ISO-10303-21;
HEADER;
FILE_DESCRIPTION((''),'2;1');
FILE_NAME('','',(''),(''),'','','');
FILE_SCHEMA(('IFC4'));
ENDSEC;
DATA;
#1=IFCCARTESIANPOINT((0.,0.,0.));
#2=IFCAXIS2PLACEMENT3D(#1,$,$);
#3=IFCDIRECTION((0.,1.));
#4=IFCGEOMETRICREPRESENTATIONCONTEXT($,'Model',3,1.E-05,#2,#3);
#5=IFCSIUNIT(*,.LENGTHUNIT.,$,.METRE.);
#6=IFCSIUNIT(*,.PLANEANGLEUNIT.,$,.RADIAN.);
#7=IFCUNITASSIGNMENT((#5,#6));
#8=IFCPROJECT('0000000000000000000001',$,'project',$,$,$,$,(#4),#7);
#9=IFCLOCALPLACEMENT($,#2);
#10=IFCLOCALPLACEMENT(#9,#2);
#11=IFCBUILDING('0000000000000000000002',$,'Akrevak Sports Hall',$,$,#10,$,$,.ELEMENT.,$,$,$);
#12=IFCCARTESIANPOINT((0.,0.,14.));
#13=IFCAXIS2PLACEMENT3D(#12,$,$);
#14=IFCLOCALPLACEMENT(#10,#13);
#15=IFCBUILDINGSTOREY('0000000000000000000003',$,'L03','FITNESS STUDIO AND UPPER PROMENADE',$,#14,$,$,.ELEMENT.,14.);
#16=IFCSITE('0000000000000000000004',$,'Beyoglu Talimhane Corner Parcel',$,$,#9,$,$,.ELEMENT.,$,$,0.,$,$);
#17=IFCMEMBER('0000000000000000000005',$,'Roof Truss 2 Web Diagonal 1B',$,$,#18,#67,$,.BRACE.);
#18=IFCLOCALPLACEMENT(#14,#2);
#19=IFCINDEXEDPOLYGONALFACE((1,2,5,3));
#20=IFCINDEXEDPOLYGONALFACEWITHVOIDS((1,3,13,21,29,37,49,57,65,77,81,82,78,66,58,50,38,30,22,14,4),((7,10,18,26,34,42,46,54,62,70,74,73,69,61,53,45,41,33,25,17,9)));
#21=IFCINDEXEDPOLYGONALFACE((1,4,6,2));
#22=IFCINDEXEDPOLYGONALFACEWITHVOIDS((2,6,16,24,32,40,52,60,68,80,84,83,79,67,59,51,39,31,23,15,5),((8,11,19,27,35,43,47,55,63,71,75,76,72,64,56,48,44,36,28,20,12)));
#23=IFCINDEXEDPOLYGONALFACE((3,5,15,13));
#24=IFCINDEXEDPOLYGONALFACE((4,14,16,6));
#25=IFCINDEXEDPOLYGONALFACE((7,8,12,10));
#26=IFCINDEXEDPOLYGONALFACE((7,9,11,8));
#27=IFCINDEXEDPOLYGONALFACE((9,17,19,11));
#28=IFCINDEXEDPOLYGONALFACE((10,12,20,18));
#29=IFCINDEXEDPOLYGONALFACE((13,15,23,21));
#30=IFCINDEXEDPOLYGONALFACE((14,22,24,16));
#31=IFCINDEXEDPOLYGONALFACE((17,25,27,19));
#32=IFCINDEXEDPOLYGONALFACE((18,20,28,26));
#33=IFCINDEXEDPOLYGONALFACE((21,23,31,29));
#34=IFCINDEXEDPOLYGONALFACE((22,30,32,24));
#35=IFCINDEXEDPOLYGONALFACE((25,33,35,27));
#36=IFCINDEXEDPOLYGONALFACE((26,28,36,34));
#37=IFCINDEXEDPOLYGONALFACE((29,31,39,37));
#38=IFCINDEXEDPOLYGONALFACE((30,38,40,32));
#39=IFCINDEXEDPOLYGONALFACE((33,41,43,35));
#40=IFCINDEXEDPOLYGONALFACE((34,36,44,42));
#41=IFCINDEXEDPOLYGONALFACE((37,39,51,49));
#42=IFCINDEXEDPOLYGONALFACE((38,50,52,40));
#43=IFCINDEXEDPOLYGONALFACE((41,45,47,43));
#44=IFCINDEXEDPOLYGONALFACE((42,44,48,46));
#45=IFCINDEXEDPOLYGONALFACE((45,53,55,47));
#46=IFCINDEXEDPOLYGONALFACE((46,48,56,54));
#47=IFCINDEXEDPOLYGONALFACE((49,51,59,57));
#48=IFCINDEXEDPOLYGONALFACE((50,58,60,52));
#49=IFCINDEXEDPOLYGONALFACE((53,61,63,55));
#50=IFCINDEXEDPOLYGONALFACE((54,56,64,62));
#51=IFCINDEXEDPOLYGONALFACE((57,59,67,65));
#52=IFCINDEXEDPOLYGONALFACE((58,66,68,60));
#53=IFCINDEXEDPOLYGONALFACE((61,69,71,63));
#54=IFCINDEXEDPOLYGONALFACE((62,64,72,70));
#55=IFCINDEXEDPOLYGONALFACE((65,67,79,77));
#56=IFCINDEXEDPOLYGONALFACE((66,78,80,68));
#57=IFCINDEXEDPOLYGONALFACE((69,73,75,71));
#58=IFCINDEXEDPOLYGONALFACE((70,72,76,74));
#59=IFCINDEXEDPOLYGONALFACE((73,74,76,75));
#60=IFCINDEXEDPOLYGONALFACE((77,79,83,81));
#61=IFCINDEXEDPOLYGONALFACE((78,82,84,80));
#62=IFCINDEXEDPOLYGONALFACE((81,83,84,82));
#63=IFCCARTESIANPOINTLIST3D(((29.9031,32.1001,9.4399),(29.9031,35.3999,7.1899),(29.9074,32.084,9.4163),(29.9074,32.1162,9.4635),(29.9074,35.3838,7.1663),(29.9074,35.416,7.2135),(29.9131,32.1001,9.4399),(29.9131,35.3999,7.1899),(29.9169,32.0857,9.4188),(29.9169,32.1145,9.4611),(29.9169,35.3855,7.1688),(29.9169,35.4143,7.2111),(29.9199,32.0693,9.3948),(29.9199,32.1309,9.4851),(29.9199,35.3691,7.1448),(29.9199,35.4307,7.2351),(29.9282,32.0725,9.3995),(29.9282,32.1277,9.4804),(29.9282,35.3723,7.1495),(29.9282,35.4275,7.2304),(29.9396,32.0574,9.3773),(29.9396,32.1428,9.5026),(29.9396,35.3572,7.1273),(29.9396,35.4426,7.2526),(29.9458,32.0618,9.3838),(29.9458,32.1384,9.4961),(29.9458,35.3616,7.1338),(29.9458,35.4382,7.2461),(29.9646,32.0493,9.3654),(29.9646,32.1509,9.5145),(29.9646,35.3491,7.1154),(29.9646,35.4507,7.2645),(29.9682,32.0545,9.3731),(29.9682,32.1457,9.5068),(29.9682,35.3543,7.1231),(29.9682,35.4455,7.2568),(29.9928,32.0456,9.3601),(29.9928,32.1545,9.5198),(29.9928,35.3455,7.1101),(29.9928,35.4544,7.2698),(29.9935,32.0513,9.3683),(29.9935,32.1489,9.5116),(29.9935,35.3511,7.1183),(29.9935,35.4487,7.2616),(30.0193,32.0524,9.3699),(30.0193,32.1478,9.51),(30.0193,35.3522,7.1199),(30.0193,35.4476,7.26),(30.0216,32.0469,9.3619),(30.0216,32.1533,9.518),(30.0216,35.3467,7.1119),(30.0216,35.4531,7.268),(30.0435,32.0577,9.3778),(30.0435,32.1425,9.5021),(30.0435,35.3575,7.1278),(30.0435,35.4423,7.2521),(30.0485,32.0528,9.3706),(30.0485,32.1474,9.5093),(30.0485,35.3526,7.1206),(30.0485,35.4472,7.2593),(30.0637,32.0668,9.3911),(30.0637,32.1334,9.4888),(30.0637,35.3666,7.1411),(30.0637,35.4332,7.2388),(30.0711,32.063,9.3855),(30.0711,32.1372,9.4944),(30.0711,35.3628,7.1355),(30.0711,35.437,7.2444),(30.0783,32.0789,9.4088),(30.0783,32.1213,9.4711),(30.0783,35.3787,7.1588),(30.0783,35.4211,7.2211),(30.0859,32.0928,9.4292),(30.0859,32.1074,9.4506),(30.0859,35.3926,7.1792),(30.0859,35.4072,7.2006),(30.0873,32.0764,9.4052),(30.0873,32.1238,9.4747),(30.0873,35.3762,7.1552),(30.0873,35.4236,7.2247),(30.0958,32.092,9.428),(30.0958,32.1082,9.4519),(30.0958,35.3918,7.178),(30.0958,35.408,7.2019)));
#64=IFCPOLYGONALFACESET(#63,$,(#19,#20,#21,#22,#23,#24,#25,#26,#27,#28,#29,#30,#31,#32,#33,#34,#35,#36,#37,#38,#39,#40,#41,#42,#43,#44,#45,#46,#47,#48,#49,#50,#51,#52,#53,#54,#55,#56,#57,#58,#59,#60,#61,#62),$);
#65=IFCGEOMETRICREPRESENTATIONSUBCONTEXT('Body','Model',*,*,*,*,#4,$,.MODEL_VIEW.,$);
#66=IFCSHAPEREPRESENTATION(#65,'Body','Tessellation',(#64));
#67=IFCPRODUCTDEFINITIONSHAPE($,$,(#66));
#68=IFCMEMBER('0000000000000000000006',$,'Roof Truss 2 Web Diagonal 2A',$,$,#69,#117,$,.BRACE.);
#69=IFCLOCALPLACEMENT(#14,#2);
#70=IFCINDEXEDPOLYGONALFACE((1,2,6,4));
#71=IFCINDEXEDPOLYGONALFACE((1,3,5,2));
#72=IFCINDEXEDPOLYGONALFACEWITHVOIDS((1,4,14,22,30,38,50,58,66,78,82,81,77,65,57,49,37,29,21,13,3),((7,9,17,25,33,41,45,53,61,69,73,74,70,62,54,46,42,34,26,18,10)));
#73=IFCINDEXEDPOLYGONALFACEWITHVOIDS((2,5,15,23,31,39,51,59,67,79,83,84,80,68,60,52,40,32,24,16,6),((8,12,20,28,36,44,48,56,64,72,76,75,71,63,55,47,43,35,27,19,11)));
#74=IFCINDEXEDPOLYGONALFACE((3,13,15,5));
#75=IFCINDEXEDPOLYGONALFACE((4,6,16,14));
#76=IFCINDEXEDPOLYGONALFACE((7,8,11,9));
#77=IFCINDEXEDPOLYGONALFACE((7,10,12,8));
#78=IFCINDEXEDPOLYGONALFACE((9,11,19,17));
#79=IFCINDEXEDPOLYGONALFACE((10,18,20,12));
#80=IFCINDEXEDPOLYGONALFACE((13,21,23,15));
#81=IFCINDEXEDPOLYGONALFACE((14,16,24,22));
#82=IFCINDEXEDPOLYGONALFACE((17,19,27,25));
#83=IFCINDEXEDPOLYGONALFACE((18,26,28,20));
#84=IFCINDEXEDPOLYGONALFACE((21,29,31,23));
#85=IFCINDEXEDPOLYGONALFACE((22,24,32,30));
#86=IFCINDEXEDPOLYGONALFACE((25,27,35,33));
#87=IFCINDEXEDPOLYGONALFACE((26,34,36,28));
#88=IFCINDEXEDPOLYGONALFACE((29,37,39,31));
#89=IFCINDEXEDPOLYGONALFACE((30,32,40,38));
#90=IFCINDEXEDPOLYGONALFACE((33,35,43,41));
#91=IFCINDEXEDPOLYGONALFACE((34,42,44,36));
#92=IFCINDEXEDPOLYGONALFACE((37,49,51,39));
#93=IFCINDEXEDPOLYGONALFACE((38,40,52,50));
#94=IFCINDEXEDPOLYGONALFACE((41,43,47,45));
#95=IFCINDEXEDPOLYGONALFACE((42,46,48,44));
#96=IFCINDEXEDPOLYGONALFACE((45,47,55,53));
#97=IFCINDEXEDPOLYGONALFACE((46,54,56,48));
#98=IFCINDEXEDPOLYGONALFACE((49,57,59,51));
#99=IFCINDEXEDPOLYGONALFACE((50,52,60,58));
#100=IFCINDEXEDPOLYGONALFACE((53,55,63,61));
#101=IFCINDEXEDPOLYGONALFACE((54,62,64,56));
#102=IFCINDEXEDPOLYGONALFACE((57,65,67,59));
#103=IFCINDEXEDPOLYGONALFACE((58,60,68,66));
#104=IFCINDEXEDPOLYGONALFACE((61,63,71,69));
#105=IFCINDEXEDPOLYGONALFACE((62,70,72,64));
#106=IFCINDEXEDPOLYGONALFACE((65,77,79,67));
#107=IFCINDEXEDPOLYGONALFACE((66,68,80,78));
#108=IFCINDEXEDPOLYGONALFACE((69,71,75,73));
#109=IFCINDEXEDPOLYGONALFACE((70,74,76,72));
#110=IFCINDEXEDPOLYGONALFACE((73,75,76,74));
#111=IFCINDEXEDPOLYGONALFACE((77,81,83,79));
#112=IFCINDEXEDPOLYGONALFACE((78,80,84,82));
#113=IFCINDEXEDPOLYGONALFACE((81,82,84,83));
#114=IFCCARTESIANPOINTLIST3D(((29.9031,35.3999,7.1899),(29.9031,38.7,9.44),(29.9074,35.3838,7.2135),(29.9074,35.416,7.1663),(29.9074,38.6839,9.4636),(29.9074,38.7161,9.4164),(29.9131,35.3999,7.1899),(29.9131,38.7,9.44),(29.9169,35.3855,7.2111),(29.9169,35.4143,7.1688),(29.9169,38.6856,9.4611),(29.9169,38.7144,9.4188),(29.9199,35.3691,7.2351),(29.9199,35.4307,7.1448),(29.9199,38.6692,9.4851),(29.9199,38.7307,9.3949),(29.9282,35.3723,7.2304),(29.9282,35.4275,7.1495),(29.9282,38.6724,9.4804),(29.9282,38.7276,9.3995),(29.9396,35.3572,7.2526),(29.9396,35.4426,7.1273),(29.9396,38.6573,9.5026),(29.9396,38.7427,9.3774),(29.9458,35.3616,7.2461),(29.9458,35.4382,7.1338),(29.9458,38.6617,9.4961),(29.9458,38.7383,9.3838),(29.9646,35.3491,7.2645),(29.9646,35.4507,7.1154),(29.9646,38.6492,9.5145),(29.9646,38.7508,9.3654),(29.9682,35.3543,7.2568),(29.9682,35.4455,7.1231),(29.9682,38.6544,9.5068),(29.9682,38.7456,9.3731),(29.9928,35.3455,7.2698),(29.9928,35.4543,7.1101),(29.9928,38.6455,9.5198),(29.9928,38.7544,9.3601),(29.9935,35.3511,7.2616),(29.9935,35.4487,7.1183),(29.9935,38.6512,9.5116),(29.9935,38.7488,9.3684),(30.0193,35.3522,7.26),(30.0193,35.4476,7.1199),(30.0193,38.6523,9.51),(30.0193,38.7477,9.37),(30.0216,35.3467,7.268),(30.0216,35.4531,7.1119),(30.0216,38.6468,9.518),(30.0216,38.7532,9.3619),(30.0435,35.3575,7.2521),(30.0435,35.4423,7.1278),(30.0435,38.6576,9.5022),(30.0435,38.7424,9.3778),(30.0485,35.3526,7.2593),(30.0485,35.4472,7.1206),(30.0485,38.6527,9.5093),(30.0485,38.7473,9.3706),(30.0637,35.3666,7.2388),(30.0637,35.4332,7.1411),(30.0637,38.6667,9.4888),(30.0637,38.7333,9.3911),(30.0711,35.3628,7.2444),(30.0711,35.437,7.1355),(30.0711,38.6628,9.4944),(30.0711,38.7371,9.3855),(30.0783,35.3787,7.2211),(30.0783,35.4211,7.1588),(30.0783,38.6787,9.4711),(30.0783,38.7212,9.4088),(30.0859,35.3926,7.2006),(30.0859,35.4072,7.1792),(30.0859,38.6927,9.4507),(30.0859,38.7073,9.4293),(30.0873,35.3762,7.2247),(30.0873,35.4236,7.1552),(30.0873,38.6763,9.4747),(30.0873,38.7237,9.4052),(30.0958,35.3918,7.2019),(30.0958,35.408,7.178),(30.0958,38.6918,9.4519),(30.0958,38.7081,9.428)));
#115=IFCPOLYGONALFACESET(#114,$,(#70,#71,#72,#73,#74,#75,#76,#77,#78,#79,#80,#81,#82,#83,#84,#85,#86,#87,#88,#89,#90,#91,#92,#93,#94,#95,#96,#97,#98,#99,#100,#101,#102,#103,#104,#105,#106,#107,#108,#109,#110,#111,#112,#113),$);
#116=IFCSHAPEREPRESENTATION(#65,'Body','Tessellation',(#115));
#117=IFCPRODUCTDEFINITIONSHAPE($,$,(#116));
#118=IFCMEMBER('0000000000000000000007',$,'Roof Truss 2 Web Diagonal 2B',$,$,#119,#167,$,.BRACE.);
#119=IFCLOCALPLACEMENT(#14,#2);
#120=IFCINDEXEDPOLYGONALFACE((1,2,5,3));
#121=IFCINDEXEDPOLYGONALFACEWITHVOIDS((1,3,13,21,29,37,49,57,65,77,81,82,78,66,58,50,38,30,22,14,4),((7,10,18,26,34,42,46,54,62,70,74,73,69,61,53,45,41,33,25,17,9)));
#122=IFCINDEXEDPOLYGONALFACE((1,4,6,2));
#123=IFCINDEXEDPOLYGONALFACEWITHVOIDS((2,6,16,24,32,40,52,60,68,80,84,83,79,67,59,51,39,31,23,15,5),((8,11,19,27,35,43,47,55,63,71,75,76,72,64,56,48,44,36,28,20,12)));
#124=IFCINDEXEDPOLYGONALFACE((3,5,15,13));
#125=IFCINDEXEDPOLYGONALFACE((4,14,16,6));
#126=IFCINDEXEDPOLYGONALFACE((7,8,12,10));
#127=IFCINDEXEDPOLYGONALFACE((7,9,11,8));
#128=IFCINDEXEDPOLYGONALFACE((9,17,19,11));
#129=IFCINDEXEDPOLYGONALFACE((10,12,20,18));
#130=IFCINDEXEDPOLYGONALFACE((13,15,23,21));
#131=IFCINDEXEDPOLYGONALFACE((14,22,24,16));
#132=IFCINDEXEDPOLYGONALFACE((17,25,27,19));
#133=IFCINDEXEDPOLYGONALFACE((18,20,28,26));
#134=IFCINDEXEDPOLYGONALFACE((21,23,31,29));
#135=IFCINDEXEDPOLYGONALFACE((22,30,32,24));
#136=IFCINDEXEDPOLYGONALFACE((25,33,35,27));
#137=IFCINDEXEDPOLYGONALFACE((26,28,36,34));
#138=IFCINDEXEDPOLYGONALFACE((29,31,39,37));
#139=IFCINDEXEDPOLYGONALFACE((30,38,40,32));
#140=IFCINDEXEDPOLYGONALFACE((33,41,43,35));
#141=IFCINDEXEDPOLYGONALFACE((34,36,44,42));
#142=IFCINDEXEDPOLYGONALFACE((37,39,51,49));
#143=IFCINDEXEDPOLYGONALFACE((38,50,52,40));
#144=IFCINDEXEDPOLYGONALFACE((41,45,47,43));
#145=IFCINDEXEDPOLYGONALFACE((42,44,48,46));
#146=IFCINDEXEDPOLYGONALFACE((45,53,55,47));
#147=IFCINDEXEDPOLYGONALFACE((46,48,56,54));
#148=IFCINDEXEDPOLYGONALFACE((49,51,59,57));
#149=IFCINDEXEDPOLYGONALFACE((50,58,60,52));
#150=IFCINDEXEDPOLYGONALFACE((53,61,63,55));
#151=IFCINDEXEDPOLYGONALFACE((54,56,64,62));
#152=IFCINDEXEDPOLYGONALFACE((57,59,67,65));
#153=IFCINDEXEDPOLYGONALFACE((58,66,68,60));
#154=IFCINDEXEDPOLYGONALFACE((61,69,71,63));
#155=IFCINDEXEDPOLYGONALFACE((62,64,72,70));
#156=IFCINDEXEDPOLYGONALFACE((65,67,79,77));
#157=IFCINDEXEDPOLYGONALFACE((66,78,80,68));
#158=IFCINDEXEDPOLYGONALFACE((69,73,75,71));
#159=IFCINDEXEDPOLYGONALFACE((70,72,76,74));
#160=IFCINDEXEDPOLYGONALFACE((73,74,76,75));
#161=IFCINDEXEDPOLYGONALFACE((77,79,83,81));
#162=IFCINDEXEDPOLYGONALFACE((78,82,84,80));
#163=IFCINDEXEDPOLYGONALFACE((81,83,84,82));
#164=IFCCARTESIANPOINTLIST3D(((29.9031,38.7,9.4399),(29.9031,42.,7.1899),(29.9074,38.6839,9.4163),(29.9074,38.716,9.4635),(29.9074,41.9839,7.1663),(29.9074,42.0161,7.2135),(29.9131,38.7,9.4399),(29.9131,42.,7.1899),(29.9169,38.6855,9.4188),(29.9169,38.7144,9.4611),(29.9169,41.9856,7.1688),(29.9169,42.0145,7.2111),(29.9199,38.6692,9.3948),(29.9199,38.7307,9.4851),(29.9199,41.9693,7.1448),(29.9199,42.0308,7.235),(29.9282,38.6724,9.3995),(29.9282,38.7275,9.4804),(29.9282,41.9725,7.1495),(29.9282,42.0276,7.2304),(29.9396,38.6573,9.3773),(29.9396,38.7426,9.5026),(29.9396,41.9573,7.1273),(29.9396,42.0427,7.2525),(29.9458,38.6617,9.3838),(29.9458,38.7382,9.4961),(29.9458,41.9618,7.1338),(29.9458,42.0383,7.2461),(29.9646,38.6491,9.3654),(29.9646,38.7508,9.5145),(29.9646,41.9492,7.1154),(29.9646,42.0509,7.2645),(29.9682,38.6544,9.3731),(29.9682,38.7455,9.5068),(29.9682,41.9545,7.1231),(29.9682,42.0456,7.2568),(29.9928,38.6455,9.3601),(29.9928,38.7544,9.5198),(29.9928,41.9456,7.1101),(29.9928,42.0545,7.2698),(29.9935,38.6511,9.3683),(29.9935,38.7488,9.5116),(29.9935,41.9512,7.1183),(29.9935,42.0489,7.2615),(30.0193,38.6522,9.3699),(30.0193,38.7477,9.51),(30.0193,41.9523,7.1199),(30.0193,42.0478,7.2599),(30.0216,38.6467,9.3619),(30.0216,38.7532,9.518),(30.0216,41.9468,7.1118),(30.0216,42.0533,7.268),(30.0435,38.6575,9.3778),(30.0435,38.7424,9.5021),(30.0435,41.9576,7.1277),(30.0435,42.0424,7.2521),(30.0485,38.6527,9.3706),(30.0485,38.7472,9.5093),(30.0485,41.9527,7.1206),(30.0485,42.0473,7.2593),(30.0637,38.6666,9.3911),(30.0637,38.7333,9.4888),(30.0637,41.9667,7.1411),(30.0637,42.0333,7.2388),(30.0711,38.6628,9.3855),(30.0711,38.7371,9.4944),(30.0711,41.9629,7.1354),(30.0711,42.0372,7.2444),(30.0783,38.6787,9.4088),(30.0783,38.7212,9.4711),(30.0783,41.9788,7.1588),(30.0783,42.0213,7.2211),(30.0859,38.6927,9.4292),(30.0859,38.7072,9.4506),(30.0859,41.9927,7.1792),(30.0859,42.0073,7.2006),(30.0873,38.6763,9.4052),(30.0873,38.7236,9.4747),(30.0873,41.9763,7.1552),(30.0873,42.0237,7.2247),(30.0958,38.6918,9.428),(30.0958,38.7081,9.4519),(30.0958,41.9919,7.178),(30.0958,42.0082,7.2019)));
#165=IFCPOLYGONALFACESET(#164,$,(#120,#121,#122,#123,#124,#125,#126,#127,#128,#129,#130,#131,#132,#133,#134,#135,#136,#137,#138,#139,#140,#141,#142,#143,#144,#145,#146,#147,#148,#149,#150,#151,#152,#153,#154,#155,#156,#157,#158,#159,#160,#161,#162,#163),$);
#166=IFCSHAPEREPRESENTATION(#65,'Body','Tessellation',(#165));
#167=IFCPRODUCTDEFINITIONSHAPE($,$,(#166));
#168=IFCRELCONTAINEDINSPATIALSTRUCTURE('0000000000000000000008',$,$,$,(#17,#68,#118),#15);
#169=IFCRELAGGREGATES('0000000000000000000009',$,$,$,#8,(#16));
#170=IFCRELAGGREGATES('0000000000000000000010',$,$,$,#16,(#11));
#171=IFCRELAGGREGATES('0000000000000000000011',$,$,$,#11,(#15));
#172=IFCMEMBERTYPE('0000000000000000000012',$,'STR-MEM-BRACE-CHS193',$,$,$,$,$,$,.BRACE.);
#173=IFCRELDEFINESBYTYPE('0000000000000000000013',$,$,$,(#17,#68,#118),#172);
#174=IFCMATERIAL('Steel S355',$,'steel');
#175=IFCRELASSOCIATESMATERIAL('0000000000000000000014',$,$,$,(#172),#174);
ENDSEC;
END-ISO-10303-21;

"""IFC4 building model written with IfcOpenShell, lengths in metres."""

from ifc_helpers import new_model, si_unit, direction, frame, origin, origin_2d, place, context, subcontext, project, spatial, hollow_circle, extrude, material, material_profile, profile_set, type_object, element, save


model = new_model("IFC4")

# Units and contexts
model_context = context("Model", 3, precision=1e-05, world=origin(), true_north=direction((0.0, 1.0)))
body_context = subcontext(model_context, "Body", "Model", "MODEL_VIEW")
ifc_project = project(units=[si_unit("LENGTHUNIT", "METRE"), si_unit("PLANEANGLEUNIT", "RADIAN")], contexts=[model_context])

# Site, building, storey
site_placement = place(None, origin())
site = spatial("IfcSite", under=ifc_project, at=site_placement, Name="Beyoglu Talimhane Corner Parcel", CompositionType="ELEMENT", RefElevation=0.0)
building_placement = place(site_placement, origin())
building = spatial("IfcBuilding", under=site, at=building_placement, Name="Akrevak Sports Hall", CompositionType="ELEMENT")
storey_placement = place(building_placement, frame((0.0, 0.0, 14.0)))
storey = spatial("IfcBuildingStorey", under=building, at=storey_placement, Name="L03", Description="FITNESS STUDIO AND UPPER PROMENADE", CompositionType="ELEMENT", Elevation=14.0)

# Members
ifc_material_1 = material(Name="Steel S355", Category="steel")
ifc_material_profile_1 = material_profile(ifc_material_1, hollow_circle(Radius=0.0969, WallThickness=0.01, at=origin_2d()), Name="CHS 193.7x10", Category="steel")
ifc_profile_set_1 = profile_set([ifc_material_profile_1], Name="Steel S355")
member_type_1 = type_object("IfcMemberType", Name="STR-MEM-BRACE-CHS193", PredefinedType="BRACE", material=ifc_profile_set_1)
member_placement = place(storey_placement, frame((30.0, 32.1001, 9.4399), z_axis=(0.0, 0.826212, -0.56336), x_axis=(-1.0, 0.0, 0.0)))
element("IfcMember", 1, at=member_placement, inside=storey, type_object=member_type_1, Name="Roof Truss 2 Web Diagonal 1B", PredefinedType="BRACE", context=body_context, shape_type="SweptSolid", body=[
    extrude(hollow_circle(Radius=0.0969, WallThickness=0.01, at=origin_2d()), origin(), (0.0, 0.0, 1.0), 3.9939),
])
for number, where, z_axis, x_axis, name in (
    (2, (30.0, 35.3999, 7.1899), (0.0, 0.826231, 0.563331), (-1.0, 0.0, 0.0), "Roof Truss 2 Web Diagonal 2A"),
    (3, (30.0, 38.7, 9.4399), (0.0, 0.826231, -0.563331), (-1.0, 0.0, 0.0), "Roof Truss 2 Web Diagonal 2B"),
):
    element("IfcMember", number, at=place(storey_placement, frame(where, z_axis=z_axis, x_axis=x_axis)), inside=storey, type_object=member_type_1, Name=name, PredefinedType="BRACE", context=body_context, shape_type="SweptSolid", body=[
        extrude(hollow_circle(Radius=0.0969, WallThickness=0.01, at=origin_2d()), origin(), (0.0, 0.0, 1.0), 3.9941),
    ])

save(model, "model.ifc")
